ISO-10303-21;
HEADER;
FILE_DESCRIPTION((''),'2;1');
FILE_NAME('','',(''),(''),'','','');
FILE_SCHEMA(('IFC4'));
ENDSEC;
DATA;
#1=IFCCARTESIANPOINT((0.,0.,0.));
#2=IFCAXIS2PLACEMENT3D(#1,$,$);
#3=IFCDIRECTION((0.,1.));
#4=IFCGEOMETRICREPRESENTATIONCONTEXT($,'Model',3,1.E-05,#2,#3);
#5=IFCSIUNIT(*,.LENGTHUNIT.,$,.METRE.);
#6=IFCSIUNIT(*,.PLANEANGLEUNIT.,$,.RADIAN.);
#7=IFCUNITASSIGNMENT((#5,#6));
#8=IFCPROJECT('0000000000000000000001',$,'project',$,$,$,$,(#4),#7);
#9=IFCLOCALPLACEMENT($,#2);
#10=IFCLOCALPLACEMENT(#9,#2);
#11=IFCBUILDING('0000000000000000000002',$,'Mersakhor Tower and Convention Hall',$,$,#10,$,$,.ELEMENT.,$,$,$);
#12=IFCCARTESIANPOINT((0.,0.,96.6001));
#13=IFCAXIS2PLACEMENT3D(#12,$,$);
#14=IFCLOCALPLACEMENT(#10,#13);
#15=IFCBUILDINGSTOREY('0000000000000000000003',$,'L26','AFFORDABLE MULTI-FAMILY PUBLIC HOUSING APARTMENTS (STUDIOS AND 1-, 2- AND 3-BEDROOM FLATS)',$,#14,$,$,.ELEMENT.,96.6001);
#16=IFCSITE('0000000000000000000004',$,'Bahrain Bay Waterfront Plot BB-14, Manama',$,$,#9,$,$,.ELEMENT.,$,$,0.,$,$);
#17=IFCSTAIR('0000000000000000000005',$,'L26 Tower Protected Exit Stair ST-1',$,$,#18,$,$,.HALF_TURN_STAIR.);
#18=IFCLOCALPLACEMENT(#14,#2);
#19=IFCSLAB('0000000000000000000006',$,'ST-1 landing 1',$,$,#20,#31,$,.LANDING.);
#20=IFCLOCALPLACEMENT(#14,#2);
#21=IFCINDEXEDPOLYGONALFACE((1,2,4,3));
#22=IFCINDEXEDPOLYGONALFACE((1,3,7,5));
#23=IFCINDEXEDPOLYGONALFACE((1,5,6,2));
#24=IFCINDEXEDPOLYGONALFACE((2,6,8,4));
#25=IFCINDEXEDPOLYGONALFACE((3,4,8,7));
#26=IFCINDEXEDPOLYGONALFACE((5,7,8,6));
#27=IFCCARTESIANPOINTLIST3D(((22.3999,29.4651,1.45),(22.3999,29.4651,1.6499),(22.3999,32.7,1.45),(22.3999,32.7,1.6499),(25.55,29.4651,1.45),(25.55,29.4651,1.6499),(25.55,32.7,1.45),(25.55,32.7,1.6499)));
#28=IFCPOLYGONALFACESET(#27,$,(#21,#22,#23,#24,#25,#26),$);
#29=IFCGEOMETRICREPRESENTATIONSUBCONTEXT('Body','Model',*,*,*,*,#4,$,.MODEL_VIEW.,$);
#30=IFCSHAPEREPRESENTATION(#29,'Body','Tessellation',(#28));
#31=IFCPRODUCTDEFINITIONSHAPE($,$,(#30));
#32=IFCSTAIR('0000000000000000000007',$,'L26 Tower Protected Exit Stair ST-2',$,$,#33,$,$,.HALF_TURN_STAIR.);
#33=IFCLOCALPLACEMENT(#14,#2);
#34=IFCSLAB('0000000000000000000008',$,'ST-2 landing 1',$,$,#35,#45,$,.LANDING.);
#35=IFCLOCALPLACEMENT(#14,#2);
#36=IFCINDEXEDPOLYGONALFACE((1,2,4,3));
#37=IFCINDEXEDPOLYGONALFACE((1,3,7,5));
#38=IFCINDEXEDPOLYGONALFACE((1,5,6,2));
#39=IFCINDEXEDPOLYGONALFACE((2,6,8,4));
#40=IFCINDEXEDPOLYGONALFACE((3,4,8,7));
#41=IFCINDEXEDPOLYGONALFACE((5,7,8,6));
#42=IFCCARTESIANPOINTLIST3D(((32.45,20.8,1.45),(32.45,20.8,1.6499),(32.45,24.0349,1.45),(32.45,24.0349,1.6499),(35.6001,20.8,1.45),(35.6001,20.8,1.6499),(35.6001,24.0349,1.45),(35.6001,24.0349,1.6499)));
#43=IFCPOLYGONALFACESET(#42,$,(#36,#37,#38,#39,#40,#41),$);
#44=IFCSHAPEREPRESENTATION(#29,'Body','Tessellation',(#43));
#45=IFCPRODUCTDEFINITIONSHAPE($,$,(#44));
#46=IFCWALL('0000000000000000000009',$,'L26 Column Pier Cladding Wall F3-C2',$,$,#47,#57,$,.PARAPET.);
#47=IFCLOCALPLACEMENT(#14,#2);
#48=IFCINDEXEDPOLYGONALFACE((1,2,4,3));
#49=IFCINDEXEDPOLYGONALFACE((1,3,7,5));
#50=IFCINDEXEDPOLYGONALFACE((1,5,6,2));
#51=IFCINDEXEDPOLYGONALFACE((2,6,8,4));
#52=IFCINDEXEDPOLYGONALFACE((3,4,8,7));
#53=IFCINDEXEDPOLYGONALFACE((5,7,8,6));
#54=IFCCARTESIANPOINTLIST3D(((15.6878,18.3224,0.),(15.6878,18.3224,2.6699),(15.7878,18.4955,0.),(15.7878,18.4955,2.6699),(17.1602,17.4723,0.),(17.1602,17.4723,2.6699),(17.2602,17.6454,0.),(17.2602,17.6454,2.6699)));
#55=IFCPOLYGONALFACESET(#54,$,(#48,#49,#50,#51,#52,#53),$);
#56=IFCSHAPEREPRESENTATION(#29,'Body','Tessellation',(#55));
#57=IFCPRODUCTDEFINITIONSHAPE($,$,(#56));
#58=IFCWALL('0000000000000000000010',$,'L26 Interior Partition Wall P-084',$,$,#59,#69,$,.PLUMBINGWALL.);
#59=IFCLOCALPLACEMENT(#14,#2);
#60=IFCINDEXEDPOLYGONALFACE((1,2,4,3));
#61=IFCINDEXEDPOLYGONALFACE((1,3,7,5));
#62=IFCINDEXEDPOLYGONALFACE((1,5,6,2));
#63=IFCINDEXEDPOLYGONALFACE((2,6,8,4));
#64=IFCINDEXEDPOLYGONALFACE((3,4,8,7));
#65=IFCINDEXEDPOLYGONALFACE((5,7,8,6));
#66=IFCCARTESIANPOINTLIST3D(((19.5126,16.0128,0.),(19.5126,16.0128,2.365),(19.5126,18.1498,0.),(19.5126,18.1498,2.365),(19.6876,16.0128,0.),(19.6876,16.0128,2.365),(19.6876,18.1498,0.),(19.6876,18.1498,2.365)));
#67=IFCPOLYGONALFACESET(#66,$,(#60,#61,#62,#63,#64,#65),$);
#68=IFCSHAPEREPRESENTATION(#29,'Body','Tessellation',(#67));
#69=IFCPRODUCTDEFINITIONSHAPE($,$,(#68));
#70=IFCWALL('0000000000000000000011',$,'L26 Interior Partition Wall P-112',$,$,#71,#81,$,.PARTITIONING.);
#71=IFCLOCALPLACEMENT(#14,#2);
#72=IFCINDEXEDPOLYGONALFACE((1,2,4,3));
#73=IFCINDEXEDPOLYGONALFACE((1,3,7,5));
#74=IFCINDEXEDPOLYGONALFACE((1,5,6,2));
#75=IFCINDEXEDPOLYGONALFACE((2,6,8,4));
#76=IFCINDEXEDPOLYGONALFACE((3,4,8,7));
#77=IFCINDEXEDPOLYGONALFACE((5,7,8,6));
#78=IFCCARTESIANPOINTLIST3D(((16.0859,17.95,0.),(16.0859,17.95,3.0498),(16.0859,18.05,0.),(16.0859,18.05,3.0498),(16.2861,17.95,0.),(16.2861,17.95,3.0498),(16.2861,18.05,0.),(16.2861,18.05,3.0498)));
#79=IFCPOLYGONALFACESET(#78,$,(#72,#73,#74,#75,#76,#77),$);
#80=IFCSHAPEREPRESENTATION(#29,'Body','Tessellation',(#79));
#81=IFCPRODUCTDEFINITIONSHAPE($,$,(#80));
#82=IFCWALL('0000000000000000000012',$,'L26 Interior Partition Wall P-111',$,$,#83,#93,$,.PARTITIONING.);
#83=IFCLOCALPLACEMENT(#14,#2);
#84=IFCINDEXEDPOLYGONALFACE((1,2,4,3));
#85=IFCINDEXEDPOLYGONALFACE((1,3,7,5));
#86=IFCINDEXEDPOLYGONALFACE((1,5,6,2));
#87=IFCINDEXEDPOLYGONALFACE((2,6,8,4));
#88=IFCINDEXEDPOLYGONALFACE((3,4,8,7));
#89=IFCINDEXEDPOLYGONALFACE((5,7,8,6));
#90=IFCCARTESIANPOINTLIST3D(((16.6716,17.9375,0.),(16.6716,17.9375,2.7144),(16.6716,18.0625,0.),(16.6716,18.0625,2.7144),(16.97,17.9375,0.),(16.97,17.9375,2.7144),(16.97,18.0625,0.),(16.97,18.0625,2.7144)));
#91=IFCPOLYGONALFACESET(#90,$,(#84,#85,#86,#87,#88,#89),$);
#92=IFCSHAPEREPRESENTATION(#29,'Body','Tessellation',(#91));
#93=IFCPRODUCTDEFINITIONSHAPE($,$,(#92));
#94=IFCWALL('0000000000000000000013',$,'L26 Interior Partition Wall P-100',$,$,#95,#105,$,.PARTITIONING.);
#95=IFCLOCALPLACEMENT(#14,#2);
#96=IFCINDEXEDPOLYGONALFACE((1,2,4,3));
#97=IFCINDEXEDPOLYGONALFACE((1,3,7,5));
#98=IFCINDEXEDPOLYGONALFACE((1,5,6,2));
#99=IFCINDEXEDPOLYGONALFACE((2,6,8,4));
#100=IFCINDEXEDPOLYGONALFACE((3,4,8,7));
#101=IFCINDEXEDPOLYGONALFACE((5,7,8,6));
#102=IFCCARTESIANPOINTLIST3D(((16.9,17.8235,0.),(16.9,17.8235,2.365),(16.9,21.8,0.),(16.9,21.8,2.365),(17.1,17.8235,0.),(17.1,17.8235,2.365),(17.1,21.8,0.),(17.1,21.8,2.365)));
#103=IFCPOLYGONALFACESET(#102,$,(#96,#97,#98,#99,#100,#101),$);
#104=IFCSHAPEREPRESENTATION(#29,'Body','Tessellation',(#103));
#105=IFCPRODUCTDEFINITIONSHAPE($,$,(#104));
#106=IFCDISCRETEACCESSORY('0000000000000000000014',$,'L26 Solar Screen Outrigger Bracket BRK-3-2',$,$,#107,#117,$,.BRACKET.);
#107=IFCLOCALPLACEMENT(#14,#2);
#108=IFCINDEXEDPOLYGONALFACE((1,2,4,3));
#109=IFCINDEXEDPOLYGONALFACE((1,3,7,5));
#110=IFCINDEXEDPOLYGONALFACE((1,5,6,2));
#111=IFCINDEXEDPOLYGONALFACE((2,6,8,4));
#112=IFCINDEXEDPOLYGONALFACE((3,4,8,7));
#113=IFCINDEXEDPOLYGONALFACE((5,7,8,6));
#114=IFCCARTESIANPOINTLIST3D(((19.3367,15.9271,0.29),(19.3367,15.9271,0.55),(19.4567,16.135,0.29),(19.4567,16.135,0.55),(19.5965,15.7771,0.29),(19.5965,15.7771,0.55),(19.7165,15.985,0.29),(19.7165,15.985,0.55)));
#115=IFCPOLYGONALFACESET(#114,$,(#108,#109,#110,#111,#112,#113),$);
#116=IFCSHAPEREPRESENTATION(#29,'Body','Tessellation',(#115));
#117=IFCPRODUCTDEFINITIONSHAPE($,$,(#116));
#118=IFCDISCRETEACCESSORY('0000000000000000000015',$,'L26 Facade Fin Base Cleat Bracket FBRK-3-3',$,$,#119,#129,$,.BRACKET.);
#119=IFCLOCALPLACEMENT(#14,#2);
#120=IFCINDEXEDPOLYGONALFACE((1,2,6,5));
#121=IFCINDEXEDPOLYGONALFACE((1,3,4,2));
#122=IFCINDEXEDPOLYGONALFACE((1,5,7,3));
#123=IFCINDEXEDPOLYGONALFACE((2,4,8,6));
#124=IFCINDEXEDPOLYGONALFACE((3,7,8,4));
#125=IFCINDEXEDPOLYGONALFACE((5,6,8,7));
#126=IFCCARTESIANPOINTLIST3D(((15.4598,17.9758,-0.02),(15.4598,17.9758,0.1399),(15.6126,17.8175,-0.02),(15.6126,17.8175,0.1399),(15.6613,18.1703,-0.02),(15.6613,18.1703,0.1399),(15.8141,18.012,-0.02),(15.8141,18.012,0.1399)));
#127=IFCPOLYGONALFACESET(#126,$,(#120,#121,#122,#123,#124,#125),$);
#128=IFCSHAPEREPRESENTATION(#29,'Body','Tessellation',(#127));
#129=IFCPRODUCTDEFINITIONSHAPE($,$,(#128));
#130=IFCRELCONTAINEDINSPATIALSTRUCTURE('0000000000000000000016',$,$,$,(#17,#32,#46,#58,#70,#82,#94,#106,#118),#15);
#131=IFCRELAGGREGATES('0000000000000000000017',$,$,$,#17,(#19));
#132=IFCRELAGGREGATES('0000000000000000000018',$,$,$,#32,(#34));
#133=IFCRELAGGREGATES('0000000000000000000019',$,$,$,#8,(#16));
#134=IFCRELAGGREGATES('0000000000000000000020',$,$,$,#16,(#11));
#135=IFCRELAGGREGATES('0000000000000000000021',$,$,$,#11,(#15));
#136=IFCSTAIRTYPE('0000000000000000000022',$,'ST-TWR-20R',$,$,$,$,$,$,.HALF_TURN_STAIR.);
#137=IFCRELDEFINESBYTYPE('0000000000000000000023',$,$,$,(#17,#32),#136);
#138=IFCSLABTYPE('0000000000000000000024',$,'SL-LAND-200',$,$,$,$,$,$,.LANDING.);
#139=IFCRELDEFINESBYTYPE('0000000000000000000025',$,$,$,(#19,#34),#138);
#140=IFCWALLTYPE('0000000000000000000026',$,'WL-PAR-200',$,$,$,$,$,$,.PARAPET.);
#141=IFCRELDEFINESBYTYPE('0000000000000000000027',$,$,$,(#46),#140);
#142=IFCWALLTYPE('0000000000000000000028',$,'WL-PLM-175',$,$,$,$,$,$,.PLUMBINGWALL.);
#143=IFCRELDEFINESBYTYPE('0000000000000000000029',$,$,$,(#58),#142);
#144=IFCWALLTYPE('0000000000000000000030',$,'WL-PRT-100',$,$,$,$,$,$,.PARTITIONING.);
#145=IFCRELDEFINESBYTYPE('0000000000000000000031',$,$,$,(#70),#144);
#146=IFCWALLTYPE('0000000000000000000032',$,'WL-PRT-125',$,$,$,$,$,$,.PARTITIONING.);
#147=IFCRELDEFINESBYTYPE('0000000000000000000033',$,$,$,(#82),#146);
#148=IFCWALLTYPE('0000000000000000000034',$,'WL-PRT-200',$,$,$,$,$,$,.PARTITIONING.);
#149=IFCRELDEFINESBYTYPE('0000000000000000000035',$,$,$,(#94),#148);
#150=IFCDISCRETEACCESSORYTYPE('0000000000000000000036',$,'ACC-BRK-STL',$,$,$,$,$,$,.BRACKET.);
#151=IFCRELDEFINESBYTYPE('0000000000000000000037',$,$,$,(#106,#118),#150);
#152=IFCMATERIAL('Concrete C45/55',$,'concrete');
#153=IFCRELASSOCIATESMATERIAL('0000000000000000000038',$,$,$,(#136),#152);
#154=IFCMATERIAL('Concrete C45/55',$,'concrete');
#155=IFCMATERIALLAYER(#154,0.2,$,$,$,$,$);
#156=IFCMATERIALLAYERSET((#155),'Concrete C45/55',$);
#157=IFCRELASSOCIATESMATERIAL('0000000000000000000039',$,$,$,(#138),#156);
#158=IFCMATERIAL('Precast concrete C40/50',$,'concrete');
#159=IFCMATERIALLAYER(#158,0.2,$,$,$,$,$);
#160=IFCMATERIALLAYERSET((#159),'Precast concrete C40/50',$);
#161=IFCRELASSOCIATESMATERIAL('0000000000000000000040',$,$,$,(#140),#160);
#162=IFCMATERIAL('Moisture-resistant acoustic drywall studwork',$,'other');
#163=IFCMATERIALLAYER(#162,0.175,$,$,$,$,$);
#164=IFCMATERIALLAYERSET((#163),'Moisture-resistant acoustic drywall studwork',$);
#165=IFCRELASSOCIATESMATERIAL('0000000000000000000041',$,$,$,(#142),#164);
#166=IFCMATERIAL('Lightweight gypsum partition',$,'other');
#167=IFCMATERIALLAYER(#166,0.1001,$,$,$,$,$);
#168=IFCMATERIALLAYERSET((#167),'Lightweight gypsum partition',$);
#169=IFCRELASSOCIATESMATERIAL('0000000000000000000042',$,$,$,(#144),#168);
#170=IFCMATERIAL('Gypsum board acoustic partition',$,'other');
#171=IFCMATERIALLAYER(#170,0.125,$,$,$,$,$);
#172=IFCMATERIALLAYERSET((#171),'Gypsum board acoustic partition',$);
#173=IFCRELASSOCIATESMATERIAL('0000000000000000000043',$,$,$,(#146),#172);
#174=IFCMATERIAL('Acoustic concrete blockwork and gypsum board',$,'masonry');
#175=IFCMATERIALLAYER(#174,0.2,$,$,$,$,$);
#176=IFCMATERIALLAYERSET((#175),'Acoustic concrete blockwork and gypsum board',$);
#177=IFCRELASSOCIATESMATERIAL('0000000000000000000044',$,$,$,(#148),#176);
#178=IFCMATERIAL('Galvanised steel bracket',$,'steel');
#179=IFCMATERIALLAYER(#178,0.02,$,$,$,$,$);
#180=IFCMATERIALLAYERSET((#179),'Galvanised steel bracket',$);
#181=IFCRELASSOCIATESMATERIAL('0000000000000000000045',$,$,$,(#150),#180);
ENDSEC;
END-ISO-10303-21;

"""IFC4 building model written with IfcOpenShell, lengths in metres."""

from ifc_helpers import new_model, si_unit, direction, frame, frame_2d, origin, origin_2d, place, context, subcontext, project, spatial, polyline, rectangle, outline, extrude, material, layer, layer_set, type_object, element, aggregate, save


model = new_model("IFC4")

# Units and contexts
model_context = context("Model", 3, precision=1e-05, world=origin(), true_north=direction((0.0, 1.0)))
body_context = subcontext(model_context, "Body", "Model", "MODEL_VIEW")
ifc_project = project(units=[si_unit("LENGTHUNIT", "METRE"), si_unit("PLANEANGLEUNIT", "RADIAN")], contexts=[model_context])

# Site, building, storey
site_placement = place(None, origin())
site = spatial("IfcSite", under=ifc_project, at=site_placement, Name="Bahrain Bay Waterfront Plot BB-14, Manama", CompositionType="ELEMENT", RefElevation=0.0)
building_placement = place(site_placement, origin())
building = spatial("IfcBuilding", under=site, at=building_placement, Name="Mersakhor Tower and Convention Hall", CompositionType="ELEMENT")
storey_placement = place(building_placement, frame((0.0, 0.0, 96.6001)))
storey = spatial("IfcBuildingStorey", under=building, at=storey_placement, Name="L26", Description="AFFORDABLE MULTI-FAMILY PUBLIC HOUSING APARTMENTS (STUDIOS AND 1-, 2- AND 3-BEDROOM FLATS)", CompositionType="ELEMENT", Elevation=96.6001)

# Stairs, slabs
ifc_material_1 = material(Name="Concrete C45/55", Category="concrete")
stair_type = type_object("IfcStairType", Name="ST-TWR-20R", PredefinedType="HALF_TURN_STAIR", material=ifc_material_1)
stair_1_placement = place(storey_placement, origin())
stair_1 = element("IfcStair", 1, at=stair_1_placement, inside=storey, type_object=stair_type, Name="L26 Tower Protected Exit Stair ST-1", PredefinedType="HALF_TURN_STAIR")
ifc_material_2 = material(Name="Concrete C45/55", Category="concrete")
ifc_layer_1 = layer(ifc_material_2, 0.2)
ifc_layer_set_1 = layer_set([ifc_layer_1], Name="Concrete C45/55")
slab_type_1 = type_object("IfcSlabType", Name="SL-LAND-200", PredefinedType="LANDING", material=ifc_layer_set_1)
slab_1_placement = place(storey_placement, frame((0.0, 0.0, 1.45)))
slab_1 = element("IfcSlab", 2, at=slab_1_placement, type_object=slab_type_1, Name="ST-1 landing 1", PredefinedType="LANDING", context=body_context, shape_type="SweptSolid", body=[
    extrude(outline(polyline([(25.55, 29.4651), (25.55, 32.7), (22.3999, 32.7), (22.3999, 29.4651), (25.55, 29.4651)])), origin(), (0.0, 0.0, 1.0), 0.2),
])
aggregate(stair_1, [slab_1])
stair_2_placement = place(storey_placement, origin())
stair_2 = element("IfcStair", 3, at=stair_2_placement, inside=storey, type_object=stair_type, Name="L26 Tower Protected Exit Stair ST-2", PredefinedType="HALF_TURN_STAIR")
slab_2_placement = place(storey_placement, frame((0.0, 0.0, 1.45)))
slab_2 = element("IfcSlab", 4, at=slab_2_placement, type_object=slab_type_1, Name="ST-2 landing 1", PredefinedType="LANDING", context=body_context, shape_type="SweptSolid", body=[
    extrude(outline(polyline([(32.45, 24.0349), (32.45, 20.8), (35.6001, 20.8), (35.6001, 24.0349), (32.45, 24.0349)])), origin(), (0.0, 0.0, 1.0), 0.2),
])
aggregate(stair_2, [slab_2])

# Walls
ifc_material_3 = material(Name="Precast concrete C40/50", Category="concrete")
ifc_layer_2 = layer(ifc_material_3, 0.2)
ifc_layer_set_2 = layer_set([ifc_layer_2], Name="Precast concrete C40/50")
wall_type_1 = type_object("IfcWallType", Name="WL-PAR-200", PredefinedType="PARAPET", material=ifc_layer_set_2)
wall_1_placement = place(storey_placement, frame((17.2102, 17.5588, 0.0), z_axis=(0.0, 0.0, 1.0), x_axis=(-0.866025, 0.5, 0.0)))
element("IfcWall", 5, at=wall_1_placement, inside=storey, type_object=wall_type_1, Name="L26 Column Pier Cladding Wall F3-C2", PredefinedType="PARAPET", context=body_context, shape_type="SweptSolid", body=[
    extrude(rectangle(XDim=1.7002, YDim=0.2, at=frame_2d((0.8501, 0.0))), origin(), (0.0, 0.0, 1.0), 2.6699),
])
ifc_material_4 = material(Name="Moisture-resistant acoustic drywall studwork", Category="other")
ifc_layer_3 = layer(ifc_material_4, 0.175)
ifc_layer_set_3 = layer_set([ifc_layer_3], Name="Moisture-resistant acoustic drywall studwork")
wall_type_2 = type_object("IfcWallType", Name="WL-PLM-175", PredefinedType="PLUMBINGWALL", material=ifc_layer_set_3)
wall_2_placement = place(storey_placement, frame((19.6001, 16.0129, 0.0), z_axis=(0.0, 0.0, 1.0), x_axis=(0.0, 1.0, 0.0)))
element("IfcWall", 6, at=wall_2_placement, inside=storey, type_object=wall_type_2, Name="L26 Interior Partition Wall P-084", PredefinedType="PLUMBINGWALL", context=body_context, shape_type="SweptSolid", body=[
    extrude(rectangle(XDim=2.137, YDim=0.175, at=frame_2d((1.0684, 0.0))), origin(), (0.0, 0.0, 1.0), 2.365),
])
ifc_material_5 = material(Name="Lightweight gypsum partition", Category="other")
ifc_layer_4 = layer(ifc_material_5, 0.1001)
ifc_layer_set_4 = layer_set([ifc_layer_4], Name="Lightweight gypsum partition")
wall_type_3 = type_object("IfcWallType", Name="WL-PRT-100", PredefinedType="PARTITIONING", material=ifc_layer_set_4)
wall_3_placement = place(storey_placement, frame((16.2861, 18.0, 0.0), z_axis=(0.0, 0.0, 1.0), x_axis=(-1.0, 0.0, 0.0)))
element("IfcWall", 7, at=wall_3_placement, inside=storey, type_object=wall_type_3, Name="L26 Interior Partition Wall P-112", PredefinedType="PARTITIONING", context=body_context, shape_type="SweptSolid", body=[
    extrude(rectangle(XDim=0.2002, YDim=0.1001, at=frame_2d((0.1001, 0.0))), origin(), (0.0, 0.0, 1.0), 3.0498),
])
ifc_material_6 = material(Name="Gypsum board acoustic partition", Category="other")
ifc_layer_5 = layer(ifc_material_6, 0.125)
ifc_layer_set_5 = layer_set([ifc_layer_5], Name="Gypsum board acoustic partition")
wall_type_4 = type_object("IfcWallType", Name="WL-PRT-125", PredefinedType="PARTITIONING", material=ifc_layer_set_5)
wall_4_placement = place(storey_placement, frame((16.97, 18.0, 0.0), z_axis=(0.0, 0.0, 1.0), x_axis=(-1.0, 0.0, 0.0)))
element("IfcWall", 8, at=wall_4_placement, inside=storey, type_object=wall_type_4, Name="L26 Interior Partition Wall P-111", PredefinedType="PARTITIONING", context=body_context, shape_type="SweptSolid", body=[
    extrude(rectangle(XDim=0.2983, YDim=0.125, at=frame_2d((0.1492, 0.0))), origin(), (0.0, 0.0, 1.0), 2.7144),
])
ifc_material_7 = material(Name="Acoustic concrete blockwork and gypsum board", Category="masonry")
ifc_layer_6 = layer(ifc_material_7, 0.2)
ifc_layer_set_6 = layer_set([ifc_layer_6], Name="Acoustic concrete blockwork and gypsum board")
wall_type_5 = type_object("IfcWallType", Name="WL-PRT-200", PredefinedType="PARTITIONING", material=ifc_layer_set_6)
wall_5_placement = place(storey_placement, frame((17.0, 17.8235, 0.0), z_axis=(0.0, 0.0, 1.0), x_axis=(0.0, 1.0, 0.0)))
element("IfcWall", 9, at=wall_5_placement, inside=storey, type_object=wall_type_5, Name="L26 Interior Partition Wall P-100", PredefinedType="PARTITIONING", context=body_context, shape_type="SweptSolid", body=[
    extrude(rectangle(XDim=3.9766, YDim=0.2, at=frame_2d((1.9883, 0.0))), origin(), (0.0, 0.0, 1.0), 2.365),
])

# Discrete accessories
ifc_material_8 = material(Name="Galvanised steel bracket", Category="steel")
ifc_layer_7 = layer(ifc_material_8, 0.02)
ifc_layer_set_7 = layer_set([ifc_layer_7], Name="Galvanised steel bracket")
discrete_accessory_type = type_object("IfcDiscreteAccessoryType", Name="ACC-BRK-STL", PredefinedType="BRACKET", material=ifc_layer_set_7)
discrete_accessory_1_placement = place(storey_placement, frame((19.5266, 15.9561, 0.29), z_axis=(0.0, 0.0, 1.0), x_axis=(-0.866025, 0.5, 0.0)))
element("IfcDiscreteAccessory", 10, at=discrete_accessory_1_placement, inside=storey, type_object=discrete_accessory_type, Name="L26 Solar Screen Outrigger Bracket BRK-3-2", PredefinedType="BRACKET", context=body_context, shape_type="SweptSolid", body=[
    extrude(rectangle(XDim=0.3, YDim=0.24, at=origin_2d()), origin(), (0.0, 0.0, 1.0), 0.26),
])
discrete_accessory_2_placement = place(storey_placement, frame((15.637, 17.9939, -0.02), z_axis=(0.0, 0.0, 1.0), x_axis=(-0.71934, -0.694658, 0.0)))
element("IfcDiscreteAccessory", 11, at=discrete_accessory_2_placement, inside=storey, type_object=discrete_accessory_type, Name="L26 Facade Fin Base Cleat Bracket FBRK-3-3", PredefinedType="BRACKET", context=body_context, shape_type="SweptSolid", body=[
    extrude(rectangle(XDim=0.28, YDim=0.22, at=origin_2d()), origin(), (0.0, 0.0, 1.0), 0.1599),
])

save(model, "model.ifc")
